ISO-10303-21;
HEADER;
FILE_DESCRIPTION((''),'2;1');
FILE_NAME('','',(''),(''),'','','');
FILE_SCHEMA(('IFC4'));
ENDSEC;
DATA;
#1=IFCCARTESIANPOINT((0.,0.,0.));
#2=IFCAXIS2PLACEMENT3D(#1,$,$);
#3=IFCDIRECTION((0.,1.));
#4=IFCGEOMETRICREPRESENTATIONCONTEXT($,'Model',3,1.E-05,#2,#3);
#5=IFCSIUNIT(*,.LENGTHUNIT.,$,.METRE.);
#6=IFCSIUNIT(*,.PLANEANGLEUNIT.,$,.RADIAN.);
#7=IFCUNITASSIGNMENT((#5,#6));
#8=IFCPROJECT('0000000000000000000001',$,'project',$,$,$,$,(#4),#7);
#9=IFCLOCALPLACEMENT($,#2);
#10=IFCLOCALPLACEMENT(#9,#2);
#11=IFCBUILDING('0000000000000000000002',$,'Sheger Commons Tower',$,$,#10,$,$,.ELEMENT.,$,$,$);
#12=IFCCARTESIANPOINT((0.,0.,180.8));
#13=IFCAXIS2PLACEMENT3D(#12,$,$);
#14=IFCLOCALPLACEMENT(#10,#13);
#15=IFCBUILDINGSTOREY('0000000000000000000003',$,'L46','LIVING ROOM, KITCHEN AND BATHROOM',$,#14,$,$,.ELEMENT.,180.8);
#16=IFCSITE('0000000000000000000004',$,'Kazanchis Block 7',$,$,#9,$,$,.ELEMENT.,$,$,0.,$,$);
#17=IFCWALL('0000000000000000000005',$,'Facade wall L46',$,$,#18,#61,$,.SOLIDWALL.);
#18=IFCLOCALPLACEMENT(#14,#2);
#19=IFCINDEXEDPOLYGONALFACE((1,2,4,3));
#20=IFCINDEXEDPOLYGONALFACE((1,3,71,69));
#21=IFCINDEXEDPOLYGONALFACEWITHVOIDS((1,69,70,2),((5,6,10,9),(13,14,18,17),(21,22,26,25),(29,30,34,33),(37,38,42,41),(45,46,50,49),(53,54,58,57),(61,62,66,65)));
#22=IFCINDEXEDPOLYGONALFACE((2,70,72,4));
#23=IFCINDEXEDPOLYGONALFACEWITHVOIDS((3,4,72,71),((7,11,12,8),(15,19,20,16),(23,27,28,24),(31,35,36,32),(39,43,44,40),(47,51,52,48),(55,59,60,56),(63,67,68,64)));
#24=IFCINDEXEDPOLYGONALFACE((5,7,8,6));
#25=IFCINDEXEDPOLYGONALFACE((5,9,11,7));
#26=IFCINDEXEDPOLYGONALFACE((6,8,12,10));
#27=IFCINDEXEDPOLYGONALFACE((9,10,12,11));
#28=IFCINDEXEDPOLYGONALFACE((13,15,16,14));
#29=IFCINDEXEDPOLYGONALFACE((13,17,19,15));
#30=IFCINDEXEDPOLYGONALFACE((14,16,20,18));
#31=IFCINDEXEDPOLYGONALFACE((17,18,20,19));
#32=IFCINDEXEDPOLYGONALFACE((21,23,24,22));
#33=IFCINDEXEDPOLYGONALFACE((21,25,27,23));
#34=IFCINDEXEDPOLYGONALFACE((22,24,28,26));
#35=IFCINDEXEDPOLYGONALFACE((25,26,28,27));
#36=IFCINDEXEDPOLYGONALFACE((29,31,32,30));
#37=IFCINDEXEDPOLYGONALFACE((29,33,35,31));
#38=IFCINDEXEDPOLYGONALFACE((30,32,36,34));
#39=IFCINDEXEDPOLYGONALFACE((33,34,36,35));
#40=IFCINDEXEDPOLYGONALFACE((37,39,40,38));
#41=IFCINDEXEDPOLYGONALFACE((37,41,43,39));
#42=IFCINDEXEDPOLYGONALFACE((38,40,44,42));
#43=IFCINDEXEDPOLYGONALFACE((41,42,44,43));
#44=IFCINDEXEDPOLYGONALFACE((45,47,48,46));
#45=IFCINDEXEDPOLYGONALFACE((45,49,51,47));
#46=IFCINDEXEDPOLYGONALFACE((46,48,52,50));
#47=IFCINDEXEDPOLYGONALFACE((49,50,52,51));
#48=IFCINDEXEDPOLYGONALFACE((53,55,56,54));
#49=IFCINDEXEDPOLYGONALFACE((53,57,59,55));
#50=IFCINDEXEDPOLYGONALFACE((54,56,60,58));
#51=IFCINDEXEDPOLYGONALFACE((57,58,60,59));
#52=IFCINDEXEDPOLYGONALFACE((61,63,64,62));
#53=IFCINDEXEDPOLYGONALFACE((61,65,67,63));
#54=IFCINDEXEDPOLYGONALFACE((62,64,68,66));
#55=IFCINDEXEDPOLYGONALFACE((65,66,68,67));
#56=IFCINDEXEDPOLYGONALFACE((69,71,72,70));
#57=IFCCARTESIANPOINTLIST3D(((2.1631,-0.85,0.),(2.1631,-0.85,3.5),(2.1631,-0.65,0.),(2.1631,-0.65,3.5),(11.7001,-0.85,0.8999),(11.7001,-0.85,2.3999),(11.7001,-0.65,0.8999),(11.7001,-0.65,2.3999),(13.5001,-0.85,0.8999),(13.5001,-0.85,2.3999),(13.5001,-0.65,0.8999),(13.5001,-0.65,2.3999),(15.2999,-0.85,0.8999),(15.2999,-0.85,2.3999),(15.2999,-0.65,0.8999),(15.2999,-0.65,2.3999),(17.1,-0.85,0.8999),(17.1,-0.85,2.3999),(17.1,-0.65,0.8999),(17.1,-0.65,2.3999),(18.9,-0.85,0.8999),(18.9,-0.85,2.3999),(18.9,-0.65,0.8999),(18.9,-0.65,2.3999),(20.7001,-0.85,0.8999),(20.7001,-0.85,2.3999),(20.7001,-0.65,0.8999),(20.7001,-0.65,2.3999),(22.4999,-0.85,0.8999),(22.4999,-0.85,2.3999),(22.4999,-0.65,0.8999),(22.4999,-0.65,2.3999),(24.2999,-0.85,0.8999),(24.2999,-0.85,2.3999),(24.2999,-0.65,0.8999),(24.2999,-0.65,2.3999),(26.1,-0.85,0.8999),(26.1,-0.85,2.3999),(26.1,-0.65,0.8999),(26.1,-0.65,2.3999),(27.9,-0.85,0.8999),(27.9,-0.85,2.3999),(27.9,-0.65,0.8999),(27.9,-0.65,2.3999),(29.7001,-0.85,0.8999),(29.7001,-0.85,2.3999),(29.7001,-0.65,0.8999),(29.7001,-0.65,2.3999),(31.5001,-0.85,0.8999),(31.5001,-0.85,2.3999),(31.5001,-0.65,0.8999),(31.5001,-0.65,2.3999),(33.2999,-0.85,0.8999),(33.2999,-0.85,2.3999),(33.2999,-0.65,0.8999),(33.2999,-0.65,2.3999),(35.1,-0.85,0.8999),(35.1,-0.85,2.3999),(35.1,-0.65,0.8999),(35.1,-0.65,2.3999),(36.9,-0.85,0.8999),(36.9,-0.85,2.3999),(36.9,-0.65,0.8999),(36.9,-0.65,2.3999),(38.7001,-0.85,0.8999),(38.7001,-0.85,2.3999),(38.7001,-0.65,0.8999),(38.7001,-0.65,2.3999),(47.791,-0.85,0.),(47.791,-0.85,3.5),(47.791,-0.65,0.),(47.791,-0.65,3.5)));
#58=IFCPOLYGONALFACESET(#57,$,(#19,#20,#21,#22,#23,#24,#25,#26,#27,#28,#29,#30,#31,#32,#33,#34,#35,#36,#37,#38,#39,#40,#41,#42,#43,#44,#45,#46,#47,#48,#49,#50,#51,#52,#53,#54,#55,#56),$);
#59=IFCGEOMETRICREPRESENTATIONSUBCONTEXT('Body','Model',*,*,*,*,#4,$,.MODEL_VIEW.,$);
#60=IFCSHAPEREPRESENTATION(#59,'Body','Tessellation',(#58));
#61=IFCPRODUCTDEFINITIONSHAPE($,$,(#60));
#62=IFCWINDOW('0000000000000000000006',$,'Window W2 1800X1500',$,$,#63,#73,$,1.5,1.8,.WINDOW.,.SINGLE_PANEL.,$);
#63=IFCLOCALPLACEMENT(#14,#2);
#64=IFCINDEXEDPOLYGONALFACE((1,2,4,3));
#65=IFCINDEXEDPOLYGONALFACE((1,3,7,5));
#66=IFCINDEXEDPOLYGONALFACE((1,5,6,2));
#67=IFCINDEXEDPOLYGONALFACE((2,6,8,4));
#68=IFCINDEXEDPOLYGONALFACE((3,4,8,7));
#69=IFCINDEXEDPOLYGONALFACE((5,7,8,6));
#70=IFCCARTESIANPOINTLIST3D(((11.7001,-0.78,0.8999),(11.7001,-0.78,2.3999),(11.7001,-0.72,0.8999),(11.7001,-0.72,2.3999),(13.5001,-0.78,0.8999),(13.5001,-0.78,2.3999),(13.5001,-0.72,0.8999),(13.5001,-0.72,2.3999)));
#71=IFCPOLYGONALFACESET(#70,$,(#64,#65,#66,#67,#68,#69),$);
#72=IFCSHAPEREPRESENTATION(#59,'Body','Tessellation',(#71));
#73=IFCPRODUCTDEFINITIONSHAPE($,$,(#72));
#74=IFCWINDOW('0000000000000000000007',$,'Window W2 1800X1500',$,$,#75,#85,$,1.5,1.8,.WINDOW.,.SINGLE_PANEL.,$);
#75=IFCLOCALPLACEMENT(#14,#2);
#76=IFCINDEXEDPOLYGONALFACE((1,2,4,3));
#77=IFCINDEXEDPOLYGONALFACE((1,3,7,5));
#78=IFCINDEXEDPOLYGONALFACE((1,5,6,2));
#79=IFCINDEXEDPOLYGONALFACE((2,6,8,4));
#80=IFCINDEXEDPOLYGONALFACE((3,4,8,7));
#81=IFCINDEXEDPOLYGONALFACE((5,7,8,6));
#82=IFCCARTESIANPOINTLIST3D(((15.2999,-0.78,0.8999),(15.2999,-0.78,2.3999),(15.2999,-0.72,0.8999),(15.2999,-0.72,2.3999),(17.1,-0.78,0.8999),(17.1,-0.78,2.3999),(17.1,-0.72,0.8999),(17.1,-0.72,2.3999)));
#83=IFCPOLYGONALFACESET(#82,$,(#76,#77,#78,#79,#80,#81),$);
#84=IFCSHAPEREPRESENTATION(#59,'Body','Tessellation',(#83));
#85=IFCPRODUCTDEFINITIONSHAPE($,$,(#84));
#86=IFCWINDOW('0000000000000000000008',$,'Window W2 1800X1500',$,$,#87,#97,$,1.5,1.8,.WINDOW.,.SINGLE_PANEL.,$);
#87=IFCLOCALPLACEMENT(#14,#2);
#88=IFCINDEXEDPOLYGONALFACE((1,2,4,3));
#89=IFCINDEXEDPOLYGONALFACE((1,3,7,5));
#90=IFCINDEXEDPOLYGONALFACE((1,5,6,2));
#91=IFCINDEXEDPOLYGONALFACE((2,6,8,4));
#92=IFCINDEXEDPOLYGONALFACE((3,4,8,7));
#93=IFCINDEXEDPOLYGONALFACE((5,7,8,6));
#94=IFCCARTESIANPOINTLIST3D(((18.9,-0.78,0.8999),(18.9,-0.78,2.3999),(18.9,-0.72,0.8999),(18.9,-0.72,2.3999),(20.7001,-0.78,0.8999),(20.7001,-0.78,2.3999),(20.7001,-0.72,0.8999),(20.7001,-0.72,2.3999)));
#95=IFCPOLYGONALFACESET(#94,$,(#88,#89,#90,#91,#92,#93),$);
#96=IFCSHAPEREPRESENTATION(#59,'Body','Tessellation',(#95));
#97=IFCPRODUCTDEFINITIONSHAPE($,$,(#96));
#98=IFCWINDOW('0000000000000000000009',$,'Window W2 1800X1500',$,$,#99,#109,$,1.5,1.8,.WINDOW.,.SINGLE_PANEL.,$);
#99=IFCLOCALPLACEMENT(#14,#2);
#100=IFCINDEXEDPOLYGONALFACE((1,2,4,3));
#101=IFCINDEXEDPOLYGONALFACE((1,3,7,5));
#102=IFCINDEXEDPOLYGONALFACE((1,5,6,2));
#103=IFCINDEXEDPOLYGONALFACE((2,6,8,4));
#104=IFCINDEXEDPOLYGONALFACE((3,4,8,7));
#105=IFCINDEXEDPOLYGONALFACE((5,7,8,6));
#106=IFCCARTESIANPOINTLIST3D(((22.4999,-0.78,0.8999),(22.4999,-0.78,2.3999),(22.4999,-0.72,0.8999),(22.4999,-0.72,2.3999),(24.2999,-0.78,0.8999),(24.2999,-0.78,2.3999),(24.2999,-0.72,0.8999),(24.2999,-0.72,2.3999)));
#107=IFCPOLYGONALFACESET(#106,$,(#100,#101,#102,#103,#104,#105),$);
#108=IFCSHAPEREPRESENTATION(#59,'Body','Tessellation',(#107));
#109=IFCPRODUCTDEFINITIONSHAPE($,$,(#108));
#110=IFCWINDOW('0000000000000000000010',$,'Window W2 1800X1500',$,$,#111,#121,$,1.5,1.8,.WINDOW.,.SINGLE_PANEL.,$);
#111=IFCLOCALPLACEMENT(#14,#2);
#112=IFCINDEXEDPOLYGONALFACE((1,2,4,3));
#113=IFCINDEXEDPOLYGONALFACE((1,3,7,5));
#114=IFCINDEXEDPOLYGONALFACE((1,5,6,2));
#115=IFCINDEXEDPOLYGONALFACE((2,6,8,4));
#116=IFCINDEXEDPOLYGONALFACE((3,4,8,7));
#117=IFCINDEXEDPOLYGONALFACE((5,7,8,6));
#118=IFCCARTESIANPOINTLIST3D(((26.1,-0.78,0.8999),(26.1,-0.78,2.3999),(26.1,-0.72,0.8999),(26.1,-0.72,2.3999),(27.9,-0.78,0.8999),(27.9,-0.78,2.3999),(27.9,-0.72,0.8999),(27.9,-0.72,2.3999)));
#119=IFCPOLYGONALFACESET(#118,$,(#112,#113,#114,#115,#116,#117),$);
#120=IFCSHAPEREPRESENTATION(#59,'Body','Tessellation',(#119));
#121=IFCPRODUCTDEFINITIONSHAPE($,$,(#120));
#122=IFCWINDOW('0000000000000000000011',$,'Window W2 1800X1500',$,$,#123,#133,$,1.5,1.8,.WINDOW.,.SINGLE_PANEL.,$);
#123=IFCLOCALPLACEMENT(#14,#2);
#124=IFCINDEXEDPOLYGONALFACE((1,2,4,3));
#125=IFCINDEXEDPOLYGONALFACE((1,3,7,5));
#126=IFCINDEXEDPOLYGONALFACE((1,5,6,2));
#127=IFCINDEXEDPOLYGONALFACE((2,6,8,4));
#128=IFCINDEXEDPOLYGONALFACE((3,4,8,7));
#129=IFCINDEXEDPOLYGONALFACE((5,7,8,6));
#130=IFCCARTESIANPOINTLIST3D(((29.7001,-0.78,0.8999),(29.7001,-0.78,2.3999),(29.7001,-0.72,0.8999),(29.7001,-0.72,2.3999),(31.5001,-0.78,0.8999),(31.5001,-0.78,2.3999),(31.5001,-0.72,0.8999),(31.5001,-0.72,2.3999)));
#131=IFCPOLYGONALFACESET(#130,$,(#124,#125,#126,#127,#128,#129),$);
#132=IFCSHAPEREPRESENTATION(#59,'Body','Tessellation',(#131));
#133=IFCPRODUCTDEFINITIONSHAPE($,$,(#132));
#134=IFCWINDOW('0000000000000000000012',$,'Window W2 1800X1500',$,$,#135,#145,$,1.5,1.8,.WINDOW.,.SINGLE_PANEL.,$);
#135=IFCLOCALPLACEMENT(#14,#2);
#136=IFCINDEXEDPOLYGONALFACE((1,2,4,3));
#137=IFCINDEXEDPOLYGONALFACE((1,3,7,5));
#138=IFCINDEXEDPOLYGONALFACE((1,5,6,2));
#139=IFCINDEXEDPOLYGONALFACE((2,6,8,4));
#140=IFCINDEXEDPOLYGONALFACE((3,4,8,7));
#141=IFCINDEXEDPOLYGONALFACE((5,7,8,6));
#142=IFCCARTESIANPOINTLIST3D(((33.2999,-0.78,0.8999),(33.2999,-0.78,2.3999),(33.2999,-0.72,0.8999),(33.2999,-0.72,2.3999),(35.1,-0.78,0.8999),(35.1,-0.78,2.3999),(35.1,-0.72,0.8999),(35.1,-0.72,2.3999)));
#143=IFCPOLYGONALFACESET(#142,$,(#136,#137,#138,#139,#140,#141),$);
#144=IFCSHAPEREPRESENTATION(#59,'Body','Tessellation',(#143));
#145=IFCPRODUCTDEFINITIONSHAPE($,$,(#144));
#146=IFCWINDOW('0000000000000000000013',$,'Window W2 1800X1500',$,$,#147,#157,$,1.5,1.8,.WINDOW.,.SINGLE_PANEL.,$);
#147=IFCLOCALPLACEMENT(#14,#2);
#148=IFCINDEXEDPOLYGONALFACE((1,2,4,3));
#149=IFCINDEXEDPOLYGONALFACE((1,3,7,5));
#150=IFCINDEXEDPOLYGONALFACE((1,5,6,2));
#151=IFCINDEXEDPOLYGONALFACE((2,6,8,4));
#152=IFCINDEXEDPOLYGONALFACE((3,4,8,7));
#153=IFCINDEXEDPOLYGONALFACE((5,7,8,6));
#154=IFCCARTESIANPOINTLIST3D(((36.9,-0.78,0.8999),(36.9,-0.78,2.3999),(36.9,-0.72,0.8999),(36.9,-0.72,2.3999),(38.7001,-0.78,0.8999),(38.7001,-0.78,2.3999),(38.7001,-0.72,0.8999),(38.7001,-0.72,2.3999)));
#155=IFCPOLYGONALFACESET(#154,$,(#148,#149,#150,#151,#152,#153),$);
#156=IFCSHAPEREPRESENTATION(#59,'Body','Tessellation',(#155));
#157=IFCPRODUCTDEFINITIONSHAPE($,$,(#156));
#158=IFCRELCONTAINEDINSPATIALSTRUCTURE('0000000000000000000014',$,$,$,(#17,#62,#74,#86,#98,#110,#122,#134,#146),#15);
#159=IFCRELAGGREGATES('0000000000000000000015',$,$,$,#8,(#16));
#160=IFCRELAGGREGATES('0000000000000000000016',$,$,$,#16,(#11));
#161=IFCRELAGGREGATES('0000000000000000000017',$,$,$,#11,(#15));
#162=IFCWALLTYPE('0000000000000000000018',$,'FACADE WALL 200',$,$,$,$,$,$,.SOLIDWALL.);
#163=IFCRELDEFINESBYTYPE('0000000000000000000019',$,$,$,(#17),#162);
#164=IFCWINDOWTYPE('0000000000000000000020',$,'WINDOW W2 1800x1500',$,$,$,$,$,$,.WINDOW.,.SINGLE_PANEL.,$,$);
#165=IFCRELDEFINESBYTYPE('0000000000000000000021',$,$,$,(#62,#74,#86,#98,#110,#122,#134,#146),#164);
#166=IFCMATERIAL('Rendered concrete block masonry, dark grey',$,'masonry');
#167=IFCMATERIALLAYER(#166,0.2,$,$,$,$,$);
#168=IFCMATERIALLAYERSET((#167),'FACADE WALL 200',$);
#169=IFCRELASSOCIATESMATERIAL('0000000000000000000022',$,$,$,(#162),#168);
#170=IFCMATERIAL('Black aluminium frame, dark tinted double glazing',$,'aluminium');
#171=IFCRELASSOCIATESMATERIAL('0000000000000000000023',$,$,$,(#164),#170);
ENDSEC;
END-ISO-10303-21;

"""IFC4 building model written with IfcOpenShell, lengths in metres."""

from ifc_helpers import new_model, si_unit, direction, frame, frame_2d, origin, place, context, subcontext, project, spatial, rectangle, extrude, material, layer, layer_set, type_object, element, fill, save


model = new_model("IFC4")

# Units and contexts
model_context = context("Model", 3, precision=1e-05, world=origin(), true_north=direction((0.0, 1.0)))
body_context = subcontext(model_context, "Body", "Model", "MODEL_VIEW")
ifc_project = project(units=[si_unit("LENGTHUNIT", "METRE"), si_unit("PLANEANGLEUNIT", "RADIAN")], contexts=[model_context])

# Site, building, storey
site_placement = place(None, origin())
site = spatial("IfcSite", under=ifc_project, at=site_placement, Name="Kazanchis Block 7", CompositionType="ELEMENT", RefElevation=0.0)
building_placement = place(site_placement, origin())
building = spatial("IfcBuilding", under=site, at=building_placement, Name="Sheger Commons Tower", CompositionType="ELEMENT")
storey_placement = place(building_placement, frame((0.0, 0.0, 180.8)))
storey = spatial("IfcBuildingStorey", under=building, at=storey_placement, Name="L46", Description="LIVING ROOM, KITCHEN AND BATHROOM", CompositionType="ELEMENT", Elevation=180.8)

# Wall, openings, windows
ifc_material_1 = material(Name="Rendered concrete block masonry, dark grey", Category="masonry")
ifc_layer_1 = layer(ifc_material_1, 0.2)
ifc_layer_set_1 = layer_set([ifc_layer_1], Name="FACADE WALL 200")
wall_type_1 = type_object("IfcWallType", Name="FACADE WALL 200", PredefinedType="SOLIDWALL", material=ifc_layer_set_1)
wall_1_placement = place(storey_placement, frame((2.1631, -0.75, 0.0), z_axis=(0.0, 0.0, 1.0), x_axis=(1.0, 0.0, 0.0)))
wall_1 = element("IfcWall", 1, at=wall_1_placement, inside=storey, type_object=wall_type_1, Name="Facade wall L46", PredefinedType="SOLIDWALL", context=body_context, shape_type="SweptSolid", body=[
    extrude(rectangle(XDim=45.6279, YDim=0.2, at=frame_2d((22.814, 0.0))), origin(), (0.0, 0.0, 1.0), 3.5),
])
opening_1_placement = place(wall_1_placement, frame((9.5371, 0.0, 0.8999)))
opening_1 = element("IfcOpeningElement", 2, at=opening_1_placement, cuts=wall_1, PredefinedType="OPENING", context=body_context, shape_type="SweptSolid", body=[
    extrude(rectangle(XDim=1.8, YDim=1.5, at=frame_2d((0.8999, 0.75))), frame((0.0, 0.1099, 0.0), z_axis=(0.0, -1.0, 0.0), x_axis=(1.0, 0.0, 0.0)), (0.0, 0.0, 1.0), 0.22),
])
opening_2_placement = place(wall_1_placement, frame((13.137, 0.0, 0.8999)))
opening_2 = element("IfcOpeningElement", 3, at=opening_2_placement, cuts=wall_1, PredefinedType="OPENING", context=body_context, shape_type="SweptSolid", body=[
    extrude(rectangle(XDim=1.8, YDim=1.5, at=frame_2d((0.8999, 0.75))), frame((0.0, 0.1099, 0.0), z_axis=(0.0, -1.0, 0.0), x_axis=(1.0, 0.0, 0.0)), (0.0, 0.0, 1.0), 0.22),
])
opening_3_placement = place(wall_1_placement, frame((16.7371, 0.0, 0.8999)))
opening_3 = element("IfcOpeningElement", 4, at=opening_3_placement, cuts=wall_1, PredefinedType="OPENING", context=body_context, shape_type="SweptSolid", body=[
    extrude(rectangle(XDim=1.8, YDim=1.5, at=frame_2d((0.8999, 0.75))), frame((0.0, 0.1099, 0.0), z_axis=(0.0, -1.0, 0.0), x_axis=(1.0, 0.0, 0.0)), (0.0, 0.0, 1.0), 0.22),
])
opening_4_placement = place(wall_1_placement, frame((20.3369, 0.0, 0.8999)))
opening_4 = element("IfcOpeningElement", 5, at=opening_4_placement, cuts=wall_1, PredefinedType="OPENING", context=body_context, shape_type="SweptSolid", body=[
    extrude(rectangle(XDim=1.8, YDim=1.5, at=frame_2d((0.8999, 0.75))), frame((0.0, 0.1099, 0.0), z_axis=(0.0, -1.0, 0.0), x_axis=(1.0, 0.0, 0.0)), (0.0, 0.0, 1.0), 0.22),
])
opening_5_placement = place(wall_1_placement, frame((23.937, 0.0, 0.8999)))
opening_5 = element("IfcOpeningElement", 6, at=opening_5_placement, cuts=wall_1, PredefinedType="OPENING", context=body_context, shape_type="SweptSolid", body=[
    extrude(rectangle(XDim=1.8, YDim=1.5, at=frame_2d((0.8999, 0.75))), frame((0.0, 0.1099, 0.0), z_axis=(0.0, -1.0, 0.0), x_axis=(1.0, 0.0, 0.0)), (0.0, 0.0, 1.0), 0.22),
])
opening_6_placement = place(wall_1_placement, frame((27.5371, 0.0, 0.8999)))
opening_6 = element("IfcOpeningElement", 7, at=opening_6_placement, cuts=wall_1, PredefinedType="OPENING", context=body_context, shape_type="SweptSolid", body=[
    extrude(rectangle(XDim=1.8, YDim=1.5, at=frame_2d((0.8999, 0.75))), frame((0.0, 0.1099, 0.0), z_axis=(0.0, -1.0, 0.0), x_axis=(1.0, 0.0, 0.0)), (0.0, 0.0, 1.0), 0.22),
])
opening_7_placement = place(wall_1_placement, frame((31.137, 0.0, 0.8999)))
opening_7 = element("IfcOpeningElement", 8, at=opening_7_placement, cuts=wall_1, PredefinedType="OPENING", context=body_context, shape_type="SweptSolid", body=[
    extrude(rectangle(XDim=1.8, YDim=1.5, at=frame_2d((0.8999, 0.75))), frame((0.0, 0.1099, 0.0), z_axis=(0.0, -1.0, 0.0), x_axis=(1.0, 0.0, 0.0)), (0.0, 0.0, 1.0), 0.22),
])
opening_8_placement = place(wall_1_placement, frame((34.7371, 0.0, 0.8999)))
opening_8 = element("IfcOpeningElement", 9, at=opening_8_placement, cuts=wall_1, PredefinedType="OPENING", context=body_context, shape_type="SweptSolid", body=[
    extrude(rectangle(XDim=1.8, YDim=1.5, at=frame_2d((0.8999, 0.75))), frame((0.0, 0.1099, 0.0), z_axis=(0.0, -1.0, 0.0), x_axis=(1.0, 0.0, 0.0)), (0.0, 0.0, 1.0), 0.22),
])
ifc_material_2 = material(Name="Black aluminium frame, dark tinted double glazing", Category="aluminium")
window_type = type_object("IfcWindowType", Name="WINDOW W2 1800x1500", PartitioningType="SINGLE_PANEL", PredefinedType="WINDOW", material=ifc_material_2)
window_1_placement = place(opening_1_placement, origin())
window_1 = element("IfcWindow", 10, at=window_1_placement, inside=storey, type_object=window_type, Name="Window W2 1800X1500", OverallHeight=1.5, OverallWidth=1.8, PartitioningType="SINGLE_PANEL", PredefinedType="WINDOW", context=body_context, shape_type="SweptSolid", body=[
    extrude(rectangle(XDim=1.8, YDim=1.5, at=frame_2d((0.8999, 0.75))), frame((0.0, 0.03, 0.0), z_axis=(0.0, -1.0, 0.0), x_axis=(1.0, 0.0, 0.0)), (0.0, 0.0, 1.0), 0.0601),
])
fill(opening_1, window_1)
window_2_placement = place(opening_2_placement, origin())
window_2 = element("IfcWindow", 11, at=window_2_placement, inside=storey, type_object=window_type, Name="Window W2 1800X1500", OverallHeight=1.5, OverallWidth=1.8, PartitioningType="SINGLE_PANEL", PredefinedType="WINDOW", context=body_context, shape_type="SweptSolid", body=[
    extrude(rectangle(XDim=1.8, YDim=1.5, at=frame_2d((0.8999, 0.75))), frame((0.0, 0.03, 0.0), z_axis=(0.0, -1.0, 0.0), x_axis=(1.0, 0.0, 0.0)), (0.0, 0.0, 1.0), 0.0601),
])
fill(opening_2, window_2)
window_3_placement = place(opening_3_placement, origin())
window_3 = element("IfcWindow", 12, at=window_3_placement, inside=storey, type_object=window_type, Name="Window W2 1800X1500", OverallHeight=1.5, OverallWidth=1.8, PartitioningType="SINGLE_PANEL", PredefinedType="WINDOW", context=body_context, shape_type="SweptSolid", body=[
    extrude(rectangle(XDim=1.8, YDim=1.5, at=frame_2d((0.8999, 0.75))), frame((0.0, 0.03, 0.0), z_axis=(0.0, -1.0, 0.0), x_axis=(1.0, 0.0, 0.0)), (0.0, 0.0, 1.0), 0.0601),
])
fill(opening_3, window_3)
window_4_placement = place(opening_4_placement, origin())
window_4 = element("IfcWindow", 13, at=window_4_placement, inside=storey, type_object=window_type, Name="Window W2 1800X1500", OverallHeight=1.5, OverallWidth=1.8, PartitioningType="SINGLE_PANEL", PredefinedType="WINDOW", context=body_context, shape_type="SweptSolid", body=[
    extrude(rectangle(XDim=1.8, YDim=1.5, at=frame_2d((0.8999, 0.75))), frame((0.0, 0.03, 0.0), z_axis=(0.0, -1.0, 0.0), x_axis=(1.0, 0.0, 0.0)), (0.0, 0.0, 1.0), 0.0601),
])
fill(opening_4, window_4)
window_5_placement = place(opening_5_placement, origin())
window_5 = element("IfcWindow", 14, at=window_5_placement, inside=storey, type_object=window_type, Name="Window W2 1800X1500", OverallHeight=1.5, OverallWidth=1.8, PartitioningType="SINGLE_PANEL", PredefinedType="WINDOW", context=body_context, shape_type="SweptSolid", body=[
    extrude(rectangle(XDim=1.8, YDim=1.5, at=frame_2d((0.8999, 0.75))), frame((0.0, 0.03, 0.0), z_axis=(0.0, -1.0, 0.0), x_axis=(1.0, 0.0, 0.0)), (0.0, 0.0, 1.0), 0.0601),
])
fill(opening_5, window_5)
window_6_placement = place(opening_6_placement, origin())
window_6 = element("IfcWindow", 15, at=window_6_placement, inside=storey, type_object=window_type, Name="Window W2 1800X1500", OverallHeight=1.5, OverallWidth=1.8, PartitioningType="SINGLE_PANEL", PredefinedType="WINDOW", context=body_context, shape_type="SweptSolid", body=[
    extrude(rectangle(XDim=1.8, YDim=1.5, at=frame_2d((0.8999, 0.75))), frame((0.0, 0.03, 0.0), z_axis=(0.0, -1.0, 0.0), x_axis=(1.0, 0.0, 0.0)), (0.0, 0.0, 1.0), 0.0601),
])
fill(opening_6, window_6)
window_7_placement = place(opening_7_placement, origin())
window_7 = element("IfcWindow", 16, at=window_7_placement, inside=storey, type_object=window_type, Name="Window W2 1800X1500", OverallHeight=1.5, OverallWidth=1.8, PartitioningType="SINGLE_PANEL", PredefinedType="WINDOW", context=body_context, shape_type="SweptSolid", body=[
    extrude(rectangle(XDim=1.8, YDim=1.5, at=frame_2d((0.8999, 0.75))), frame((0.0, 0.03, 0.0), z_axis=(0.0, -1.0, 0.0), x_axis=(1.0, 0.0, 0.0)), (0.0, 0.0, 1.0), 0.0601),
])
fill(opening_7, window_7)
window_8_placement = place(opening_8_placement, origin())
window_8 = element("IfcWindow", 17, at=window_8_placement, inside=storey, type_object=window_type, Name="Window W2 1800X1500", OverallHeight=1.5, OverallWidth=1.8, PartitioningType="SINGLE_PANEL", PredefinedType="WINDOW", context=body_context, shape_type="SweptSolid", body=[
    extrude(rectangle(XDim=1.8, YDim=1.5, at=frame_2d((0.8999, 0.75))), frame((0.0, 0.03, 0.0), z_axis=(0.0, -1.0, 0.0), x_axis=(1.0, 0.0, 0.0)), (0.0, 0.0, 1.0), 0.0601),
])
fill(opening_8, window_8)

save(model, "model.ifc")
